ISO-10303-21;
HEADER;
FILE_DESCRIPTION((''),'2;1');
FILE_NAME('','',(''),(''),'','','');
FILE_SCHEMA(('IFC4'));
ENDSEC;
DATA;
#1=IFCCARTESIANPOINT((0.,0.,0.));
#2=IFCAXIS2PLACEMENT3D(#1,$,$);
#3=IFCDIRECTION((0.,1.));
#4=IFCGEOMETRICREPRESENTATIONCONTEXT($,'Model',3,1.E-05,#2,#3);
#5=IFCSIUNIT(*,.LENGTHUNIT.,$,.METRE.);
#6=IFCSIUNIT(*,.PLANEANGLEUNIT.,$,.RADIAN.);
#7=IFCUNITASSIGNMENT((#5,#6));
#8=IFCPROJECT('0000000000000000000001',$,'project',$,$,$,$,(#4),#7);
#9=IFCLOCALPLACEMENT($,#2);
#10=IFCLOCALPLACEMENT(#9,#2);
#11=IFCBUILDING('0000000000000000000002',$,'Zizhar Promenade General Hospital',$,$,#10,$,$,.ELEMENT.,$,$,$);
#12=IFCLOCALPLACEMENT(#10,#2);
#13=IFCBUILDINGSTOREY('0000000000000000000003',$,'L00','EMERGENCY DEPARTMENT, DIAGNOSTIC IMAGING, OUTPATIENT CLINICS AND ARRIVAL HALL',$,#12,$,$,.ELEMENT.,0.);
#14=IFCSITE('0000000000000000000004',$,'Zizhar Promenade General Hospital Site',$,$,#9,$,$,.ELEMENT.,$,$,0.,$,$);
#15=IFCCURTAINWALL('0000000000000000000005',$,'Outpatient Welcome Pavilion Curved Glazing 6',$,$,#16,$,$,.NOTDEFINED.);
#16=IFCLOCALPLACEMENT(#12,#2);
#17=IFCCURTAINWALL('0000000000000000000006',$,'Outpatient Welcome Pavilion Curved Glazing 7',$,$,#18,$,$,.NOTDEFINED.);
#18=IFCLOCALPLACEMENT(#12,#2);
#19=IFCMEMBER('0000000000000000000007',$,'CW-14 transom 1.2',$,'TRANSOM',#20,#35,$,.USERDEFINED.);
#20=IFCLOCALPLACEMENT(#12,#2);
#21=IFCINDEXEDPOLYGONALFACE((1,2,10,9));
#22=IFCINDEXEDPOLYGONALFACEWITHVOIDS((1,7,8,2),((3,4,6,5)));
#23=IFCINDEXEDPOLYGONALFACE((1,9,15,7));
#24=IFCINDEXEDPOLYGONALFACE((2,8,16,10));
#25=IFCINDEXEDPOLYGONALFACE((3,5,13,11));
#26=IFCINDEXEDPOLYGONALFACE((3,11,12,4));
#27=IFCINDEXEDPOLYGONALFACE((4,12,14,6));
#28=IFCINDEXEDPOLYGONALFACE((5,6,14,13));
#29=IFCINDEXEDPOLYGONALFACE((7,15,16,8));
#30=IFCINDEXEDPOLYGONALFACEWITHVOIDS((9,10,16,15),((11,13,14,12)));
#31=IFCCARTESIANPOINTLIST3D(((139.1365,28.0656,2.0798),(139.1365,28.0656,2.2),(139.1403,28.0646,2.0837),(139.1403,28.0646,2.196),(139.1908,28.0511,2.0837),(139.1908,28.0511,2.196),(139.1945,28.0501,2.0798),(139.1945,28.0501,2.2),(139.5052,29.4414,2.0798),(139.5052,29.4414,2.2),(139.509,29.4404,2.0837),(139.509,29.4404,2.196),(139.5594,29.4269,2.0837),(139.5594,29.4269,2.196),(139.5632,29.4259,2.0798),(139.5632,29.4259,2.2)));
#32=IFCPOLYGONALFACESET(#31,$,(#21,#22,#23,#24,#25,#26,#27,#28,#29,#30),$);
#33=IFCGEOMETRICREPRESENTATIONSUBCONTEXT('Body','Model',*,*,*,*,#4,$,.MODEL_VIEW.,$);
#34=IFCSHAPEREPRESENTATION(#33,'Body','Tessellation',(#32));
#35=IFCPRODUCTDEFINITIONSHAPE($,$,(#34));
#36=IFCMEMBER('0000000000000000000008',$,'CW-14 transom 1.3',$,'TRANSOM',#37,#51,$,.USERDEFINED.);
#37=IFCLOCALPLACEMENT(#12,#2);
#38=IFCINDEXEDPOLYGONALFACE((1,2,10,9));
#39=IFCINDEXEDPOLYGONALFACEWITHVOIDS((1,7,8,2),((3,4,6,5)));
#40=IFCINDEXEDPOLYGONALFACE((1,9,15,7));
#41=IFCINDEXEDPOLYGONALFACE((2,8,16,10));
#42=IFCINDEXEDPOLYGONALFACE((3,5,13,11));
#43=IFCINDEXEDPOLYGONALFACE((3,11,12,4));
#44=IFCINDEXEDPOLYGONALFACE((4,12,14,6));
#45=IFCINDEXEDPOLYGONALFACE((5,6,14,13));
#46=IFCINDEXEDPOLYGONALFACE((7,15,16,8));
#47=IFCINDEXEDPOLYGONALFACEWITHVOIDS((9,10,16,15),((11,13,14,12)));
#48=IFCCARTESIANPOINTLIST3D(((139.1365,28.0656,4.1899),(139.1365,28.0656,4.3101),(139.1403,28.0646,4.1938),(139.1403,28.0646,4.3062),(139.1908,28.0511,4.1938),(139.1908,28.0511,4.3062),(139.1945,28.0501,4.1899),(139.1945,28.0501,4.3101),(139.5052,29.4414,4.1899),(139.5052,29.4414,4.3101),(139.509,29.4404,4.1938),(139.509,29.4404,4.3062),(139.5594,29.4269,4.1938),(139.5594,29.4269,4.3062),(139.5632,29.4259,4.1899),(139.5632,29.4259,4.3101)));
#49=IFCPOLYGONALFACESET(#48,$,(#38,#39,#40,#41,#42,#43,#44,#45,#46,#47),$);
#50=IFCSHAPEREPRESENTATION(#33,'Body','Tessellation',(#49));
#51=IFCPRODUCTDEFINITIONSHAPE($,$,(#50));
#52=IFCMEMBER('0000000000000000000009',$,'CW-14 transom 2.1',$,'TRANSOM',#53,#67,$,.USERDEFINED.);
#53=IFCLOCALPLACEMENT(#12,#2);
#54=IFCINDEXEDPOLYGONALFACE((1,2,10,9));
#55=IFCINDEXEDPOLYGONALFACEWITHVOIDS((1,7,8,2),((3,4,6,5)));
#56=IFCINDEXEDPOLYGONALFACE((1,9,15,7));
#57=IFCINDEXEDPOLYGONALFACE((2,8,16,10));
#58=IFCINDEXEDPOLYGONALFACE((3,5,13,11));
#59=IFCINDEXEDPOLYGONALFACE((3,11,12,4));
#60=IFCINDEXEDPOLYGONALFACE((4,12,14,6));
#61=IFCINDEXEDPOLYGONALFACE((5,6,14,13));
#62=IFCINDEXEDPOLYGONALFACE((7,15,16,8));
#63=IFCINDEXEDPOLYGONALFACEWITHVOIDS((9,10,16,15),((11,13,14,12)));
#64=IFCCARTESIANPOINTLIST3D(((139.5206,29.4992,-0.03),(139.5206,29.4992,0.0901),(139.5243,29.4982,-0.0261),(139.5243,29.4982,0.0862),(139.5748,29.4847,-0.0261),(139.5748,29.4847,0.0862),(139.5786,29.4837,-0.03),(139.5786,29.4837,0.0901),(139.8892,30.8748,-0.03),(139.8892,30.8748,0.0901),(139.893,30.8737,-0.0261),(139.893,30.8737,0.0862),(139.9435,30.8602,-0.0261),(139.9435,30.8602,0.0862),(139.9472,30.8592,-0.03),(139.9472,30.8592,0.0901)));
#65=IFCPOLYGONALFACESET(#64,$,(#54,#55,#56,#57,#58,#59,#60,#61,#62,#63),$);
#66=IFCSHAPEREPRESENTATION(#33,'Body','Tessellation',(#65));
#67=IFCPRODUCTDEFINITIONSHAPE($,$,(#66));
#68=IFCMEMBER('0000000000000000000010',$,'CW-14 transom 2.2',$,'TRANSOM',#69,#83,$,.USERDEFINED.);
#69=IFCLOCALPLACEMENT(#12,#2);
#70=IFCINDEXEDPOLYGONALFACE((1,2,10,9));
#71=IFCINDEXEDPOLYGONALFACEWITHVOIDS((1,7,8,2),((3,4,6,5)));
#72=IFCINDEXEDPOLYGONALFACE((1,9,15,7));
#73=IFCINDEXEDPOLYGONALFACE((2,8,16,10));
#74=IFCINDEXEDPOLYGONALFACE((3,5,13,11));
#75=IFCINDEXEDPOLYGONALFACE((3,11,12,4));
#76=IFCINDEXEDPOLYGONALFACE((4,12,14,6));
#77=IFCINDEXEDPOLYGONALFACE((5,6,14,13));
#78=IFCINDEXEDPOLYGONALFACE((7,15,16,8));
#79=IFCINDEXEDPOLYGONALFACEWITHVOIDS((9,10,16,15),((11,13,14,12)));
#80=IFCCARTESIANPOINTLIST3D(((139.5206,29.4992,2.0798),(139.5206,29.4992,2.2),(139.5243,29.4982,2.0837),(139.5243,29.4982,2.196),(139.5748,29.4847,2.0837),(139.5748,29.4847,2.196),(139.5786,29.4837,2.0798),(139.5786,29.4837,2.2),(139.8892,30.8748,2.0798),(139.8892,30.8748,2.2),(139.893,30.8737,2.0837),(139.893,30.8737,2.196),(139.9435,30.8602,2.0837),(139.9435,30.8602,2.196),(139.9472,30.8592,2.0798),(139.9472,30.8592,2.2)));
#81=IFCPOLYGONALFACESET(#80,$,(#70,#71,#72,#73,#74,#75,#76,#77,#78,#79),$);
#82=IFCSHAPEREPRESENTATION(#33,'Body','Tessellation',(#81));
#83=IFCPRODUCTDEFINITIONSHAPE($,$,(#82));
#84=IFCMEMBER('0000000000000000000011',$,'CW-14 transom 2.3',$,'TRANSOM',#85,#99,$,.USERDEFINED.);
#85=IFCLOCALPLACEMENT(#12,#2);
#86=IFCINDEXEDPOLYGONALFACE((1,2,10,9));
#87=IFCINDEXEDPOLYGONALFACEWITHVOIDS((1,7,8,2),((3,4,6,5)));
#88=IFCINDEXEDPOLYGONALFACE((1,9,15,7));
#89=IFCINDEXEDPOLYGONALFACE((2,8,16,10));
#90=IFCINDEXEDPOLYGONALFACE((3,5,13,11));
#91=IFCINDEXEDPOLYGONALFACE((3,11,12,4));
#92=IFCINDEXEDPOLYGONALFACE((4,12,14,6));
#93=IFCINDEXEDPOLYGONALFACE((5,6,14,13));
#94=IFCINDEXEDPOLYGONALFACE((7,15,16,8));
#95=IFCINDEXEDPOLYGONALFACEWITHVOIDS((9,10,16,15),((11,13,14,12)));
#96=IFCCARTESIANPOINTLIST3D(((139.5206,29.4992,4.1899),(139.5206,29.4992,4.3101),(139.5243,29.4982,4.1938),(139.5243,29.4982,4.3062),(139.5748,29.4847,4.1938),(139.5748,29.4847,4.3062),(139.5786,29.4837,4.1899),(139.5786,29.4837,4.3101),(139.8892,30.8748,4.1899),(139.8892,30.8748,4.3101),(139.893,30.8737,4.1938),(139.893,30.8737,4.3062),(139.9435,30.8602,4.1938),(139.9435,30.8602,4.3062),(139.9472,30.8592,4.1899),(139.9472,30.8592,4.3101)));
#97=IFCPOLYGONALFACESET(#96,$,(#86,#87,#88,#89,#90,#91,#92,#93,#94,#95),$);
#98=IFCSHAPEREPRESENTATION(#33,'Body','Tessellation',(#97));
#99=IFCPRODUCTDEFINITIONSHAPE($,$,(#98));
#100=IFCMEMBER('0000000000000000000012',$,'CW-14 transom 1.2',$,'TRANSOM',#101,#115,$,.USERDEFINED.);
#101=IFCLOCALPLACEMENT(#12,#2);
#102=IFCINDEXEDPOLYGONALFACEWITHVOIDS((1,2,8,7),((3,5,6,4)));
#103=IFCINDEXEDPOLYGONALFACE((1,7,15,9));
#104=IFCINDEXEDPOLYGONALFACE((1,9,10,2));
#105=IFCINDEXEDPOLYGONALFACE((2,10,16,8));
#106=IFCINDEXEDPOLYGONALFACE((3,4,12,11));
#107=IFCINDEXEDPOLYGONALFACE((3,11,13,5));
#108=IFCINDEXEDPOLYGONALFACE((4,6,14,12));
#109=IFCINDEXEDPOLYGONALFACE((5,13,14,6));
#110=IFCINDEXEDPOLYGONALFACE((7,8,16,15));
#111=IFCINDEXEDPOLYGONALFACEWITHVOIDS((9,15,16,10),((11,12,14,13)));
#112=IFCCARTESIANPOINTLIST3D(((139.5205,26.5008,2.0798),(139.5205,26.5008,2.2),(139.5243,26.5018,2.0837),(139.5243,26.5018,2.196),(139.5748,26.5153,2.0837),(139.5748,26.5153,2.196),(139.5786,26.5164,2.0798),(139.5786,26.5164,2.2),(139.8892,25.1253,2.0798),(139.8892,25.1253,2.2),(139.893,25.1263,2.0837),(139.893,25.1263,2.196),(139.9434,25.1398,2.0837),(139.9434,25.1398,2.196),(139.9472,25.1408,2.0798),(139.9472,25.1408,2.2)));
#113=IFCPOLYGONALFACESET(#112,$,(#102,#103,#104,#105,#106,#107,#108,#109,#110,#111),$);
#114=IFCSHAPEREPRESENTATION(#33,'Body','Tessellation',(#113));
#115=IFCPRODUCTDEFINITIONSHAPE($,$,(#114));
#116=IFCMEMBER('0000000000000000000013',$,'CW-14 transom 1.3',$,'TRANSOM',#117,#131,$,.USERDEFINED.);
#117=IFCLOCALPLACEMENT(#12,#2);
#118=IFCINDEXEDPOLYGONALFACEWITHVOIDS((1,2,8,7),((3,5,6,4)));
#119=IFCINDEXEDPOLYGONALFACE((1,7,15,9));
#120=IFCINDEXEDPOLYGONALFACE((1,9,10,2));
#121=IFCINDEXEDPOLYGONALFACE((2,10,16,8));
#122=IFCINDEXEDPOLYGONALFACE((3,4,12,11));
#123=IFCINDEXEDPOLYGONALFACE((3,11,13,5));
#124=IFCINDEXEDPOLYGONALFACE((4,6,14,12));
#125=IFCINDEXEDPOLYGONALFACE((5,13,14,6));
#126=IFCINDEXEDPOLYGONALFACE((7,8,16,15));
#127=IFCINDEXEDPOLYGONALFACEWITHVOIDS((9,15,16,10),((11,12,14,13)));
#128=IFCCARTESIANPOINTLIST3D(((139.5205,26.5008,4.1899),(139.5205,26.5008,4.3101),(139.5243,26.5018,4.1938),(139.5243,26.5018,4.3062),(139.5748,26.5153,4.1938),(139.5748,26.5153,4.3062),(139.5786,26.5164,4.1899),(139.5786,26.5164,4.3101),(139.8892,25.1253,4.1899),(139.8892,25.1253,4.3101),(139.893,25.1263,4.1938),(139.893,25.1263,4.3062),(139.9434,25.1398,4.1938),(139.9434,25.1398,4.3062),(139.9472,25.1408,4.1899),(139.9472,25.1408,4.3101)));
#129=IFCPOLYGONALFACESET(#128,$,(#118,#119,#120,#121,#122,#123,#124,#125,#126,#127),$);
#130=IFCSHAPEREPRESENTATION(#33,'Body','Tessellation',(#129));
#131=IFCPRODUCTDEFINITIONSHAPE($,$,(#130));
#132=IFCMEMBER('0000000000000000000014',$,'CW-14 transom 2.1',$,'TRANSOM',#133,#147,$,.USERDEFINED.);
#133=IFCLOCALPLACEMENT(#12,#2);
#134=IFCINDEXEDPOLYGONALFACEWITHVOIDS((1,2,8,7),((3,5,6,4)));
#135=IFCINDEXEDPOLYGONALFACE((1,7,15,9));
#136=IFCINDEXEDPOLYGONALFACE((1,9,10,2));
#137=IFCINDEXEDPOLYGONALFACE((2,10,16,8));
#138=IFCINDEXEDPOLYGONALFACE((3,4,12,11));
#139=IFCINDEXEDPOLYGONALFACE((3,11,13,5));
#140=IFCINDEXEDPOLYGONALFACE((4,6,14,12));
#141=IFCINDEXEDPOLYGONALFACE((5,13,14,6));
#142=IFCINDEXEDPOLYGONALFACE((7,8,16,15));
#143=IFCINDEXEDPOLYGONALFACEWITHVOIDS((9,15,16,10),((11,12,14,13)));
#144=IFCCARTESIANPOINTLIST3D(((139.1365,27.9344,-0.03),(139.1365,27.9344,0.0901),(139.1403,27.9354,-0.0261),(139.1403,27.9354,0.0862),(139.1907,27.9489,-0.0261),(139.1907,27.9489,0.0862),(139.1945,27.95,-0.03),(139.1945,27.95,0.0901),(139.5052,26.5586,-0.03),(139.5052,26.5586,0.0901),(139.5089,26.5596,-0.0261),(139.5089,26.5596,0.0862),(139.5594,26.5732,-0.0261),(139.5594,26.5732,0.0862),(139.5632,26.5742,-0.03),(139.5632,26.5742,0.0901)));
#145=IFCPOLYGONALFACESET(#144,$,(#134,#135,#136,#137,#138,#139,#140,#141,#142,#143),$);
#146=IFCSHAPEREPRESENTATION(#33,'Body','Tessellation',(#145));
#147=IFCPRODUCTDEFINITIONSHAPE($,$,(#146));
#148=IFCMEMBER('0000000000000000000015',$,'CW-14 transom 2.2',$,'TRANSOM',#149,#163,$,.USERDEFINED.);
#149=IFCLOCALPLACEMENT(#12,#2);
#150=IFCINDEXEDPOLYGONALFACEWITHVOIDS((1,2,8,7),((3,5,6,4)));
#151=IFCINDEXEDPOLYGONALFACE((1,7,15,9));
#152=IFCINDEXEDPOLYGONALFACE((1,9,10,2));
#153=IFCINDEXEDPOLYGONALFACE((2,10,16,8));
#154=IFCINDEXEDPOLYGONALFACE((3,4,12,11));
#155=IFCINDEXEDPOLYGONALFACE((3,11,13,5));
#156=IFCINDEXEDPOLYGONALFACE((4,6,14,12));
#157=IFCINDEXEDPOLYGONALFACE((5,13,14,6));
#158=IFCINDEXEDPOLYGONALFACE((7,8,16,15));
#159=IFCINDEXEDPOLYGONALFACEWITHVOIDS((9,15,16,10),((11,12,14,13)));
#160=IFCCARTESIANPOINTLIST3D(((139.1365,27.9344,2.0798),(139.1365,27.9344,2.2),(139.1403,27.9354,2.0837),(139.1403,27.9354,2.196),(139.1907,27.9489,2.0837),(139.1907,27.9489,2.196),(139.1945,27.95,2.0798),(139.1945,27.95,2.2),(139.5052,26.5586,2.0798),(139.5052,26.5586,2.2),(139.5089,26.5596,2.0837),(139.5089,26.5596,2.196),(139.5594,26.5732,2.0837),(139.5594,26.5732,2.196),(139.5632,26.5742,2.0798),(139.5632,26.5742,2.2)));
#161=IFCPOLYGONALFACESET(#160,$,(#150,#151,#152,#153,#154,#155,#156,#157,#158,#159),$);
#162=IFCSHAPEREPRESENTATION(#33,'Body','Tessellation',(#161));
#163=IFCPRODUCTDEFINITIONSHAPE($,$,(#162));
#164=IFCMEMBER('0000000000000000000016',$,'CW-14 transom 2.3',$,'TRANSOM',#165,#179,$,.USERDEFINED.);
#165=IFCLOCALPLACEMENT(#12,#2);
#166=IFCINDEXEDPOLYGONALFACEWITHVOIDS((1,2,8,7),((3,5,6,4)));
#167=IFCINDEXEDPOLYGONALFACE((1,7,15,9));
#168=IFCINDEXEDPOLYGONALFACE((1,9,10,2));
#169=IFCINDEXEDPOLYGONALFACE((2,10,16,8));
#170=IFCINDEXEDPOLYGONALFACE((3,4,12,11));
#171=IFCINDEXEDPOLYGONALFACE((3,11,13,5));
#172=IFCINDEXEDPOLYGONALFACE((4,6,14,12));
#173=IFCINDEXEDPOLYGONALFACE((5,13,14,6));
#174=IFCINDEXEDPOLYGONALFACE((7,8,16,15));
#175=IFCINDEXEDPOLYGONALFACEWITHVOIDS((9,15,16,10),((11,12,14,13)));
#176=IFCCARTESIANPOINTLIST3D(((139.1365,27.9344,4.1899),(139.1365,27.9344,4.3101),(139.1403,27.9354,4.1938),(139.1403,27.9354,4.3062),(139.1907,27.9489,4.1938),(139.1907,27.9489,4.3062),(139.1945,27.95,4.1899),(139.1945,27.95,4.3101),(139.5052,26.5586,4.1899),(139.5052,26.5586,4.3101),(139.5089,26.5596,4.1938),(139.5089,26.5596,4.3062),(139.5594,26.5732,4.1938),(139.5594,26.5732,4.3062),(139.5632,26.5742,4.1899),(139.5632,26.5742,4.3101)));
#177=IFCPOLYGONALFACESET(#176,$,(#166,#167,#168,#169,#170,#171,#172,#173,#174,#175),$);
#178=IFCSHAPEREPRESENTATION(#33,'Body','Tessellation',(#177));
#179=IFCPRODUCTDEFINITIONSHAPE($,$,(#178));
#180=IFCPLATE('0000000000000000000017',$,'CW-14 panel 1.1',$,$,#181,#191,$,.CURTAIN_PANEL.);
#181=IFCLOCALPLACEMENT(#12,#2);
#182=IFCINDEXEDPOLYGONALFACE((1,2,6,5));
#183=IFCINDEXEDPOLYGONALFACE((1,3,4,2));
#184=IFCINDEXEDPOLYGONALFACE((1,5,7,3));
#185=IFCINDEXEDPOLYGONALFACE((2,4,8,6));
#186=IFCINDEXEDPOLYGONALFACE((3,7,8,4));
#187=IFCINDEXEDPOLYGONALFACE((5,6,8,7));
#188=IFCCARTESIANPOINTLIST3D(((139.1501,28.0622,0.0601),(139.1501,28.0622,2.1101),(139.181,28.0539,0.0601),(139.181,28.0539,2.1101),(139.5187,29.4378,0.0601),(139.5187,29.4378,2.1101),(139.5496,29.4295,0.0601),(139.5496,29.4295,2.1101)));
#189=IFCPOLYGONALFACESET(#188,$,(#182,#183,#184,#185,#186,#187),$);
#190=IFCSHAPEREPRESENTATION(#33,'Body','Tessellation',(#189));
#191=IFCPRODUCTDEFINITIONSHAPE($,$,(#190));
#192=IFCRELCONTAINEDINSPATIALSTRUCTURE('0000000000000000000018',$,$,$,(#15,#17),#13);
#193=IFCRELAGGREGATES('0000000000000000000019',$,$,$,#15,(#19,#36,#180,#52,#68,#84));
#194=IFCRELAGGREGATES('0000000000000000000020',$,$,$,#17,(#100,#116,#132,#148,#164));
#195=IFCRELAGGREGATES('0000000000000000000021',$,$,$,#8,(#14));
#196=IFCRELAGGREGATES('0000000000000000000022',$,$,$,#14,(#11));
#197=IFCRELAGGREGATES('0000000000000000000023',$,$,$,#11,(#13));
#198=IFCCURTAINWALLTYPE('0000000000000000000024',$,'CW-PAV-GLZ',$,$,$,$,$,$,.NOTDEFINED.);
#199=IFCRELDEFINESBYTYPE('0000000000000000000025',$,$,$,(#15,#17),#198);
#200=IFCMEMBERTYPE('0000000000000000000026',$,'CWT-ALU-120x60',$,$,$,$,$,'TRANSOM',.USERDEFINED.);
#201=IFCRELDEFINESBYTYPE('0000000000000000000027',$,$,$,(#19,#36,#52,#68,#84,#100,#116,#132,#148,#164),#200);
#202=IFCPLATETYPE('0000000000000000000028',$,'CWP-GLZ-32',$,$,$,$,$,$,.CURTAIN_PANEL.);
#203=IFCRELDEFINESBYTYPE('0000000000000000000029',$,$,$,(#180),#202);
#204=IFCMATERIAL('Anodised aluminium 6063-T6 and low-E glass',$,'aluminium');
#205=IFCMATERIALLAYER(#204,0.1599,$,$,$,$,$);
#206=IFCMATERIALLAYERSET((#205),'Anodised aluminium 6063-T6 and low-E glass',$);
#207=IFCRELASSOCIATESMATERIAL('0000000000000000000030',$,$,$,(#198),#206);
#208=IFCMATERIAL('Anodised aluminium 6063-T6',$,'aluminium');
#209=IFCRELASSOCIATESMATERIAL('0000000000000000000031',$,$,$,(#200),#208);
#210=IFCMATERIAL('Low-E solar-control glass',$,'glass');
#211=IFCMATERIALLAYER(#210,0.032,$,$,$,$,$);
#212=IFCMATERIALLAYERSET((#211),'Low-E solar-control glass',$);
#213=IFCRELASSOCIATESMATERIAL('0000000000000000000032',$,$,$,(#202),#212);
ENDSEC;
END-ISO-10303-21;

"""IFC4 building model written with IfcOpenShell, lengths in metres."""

from ifc_helpers import new_model, si_unit, direction, frame, origin, origin_2d, place, context, subcontext, project, spatial, rectangle, hollow_rectangle, extrude, material, layer, layer_set, material_profile, profile_set, type_object, element, aggregate, save


model = new_model("IFC4")

# Units and contexts
model_context = context("Model", 3, precision=1e-05, world=origin(), true_north=direction((0.0, 1.0)))
body_context = subcontext(model_context, "Body", "Model", "MODEL_VIEW")
ifc_project = project(units=[si_unit("LENGTHUNIT", "METRE"), si_unit("PLANEANGLEUNIT", "RADIAN")], contexts=[model_context])

# Site, building, storey
site_placement = place(None, origin())
site = spatial("IfcSite", under=ifc_project, at=site_placement, Name="Zizhar Promenade General Hospital Site", CompositionType="ELEMENT", RefElevation=0.0)
building_placement = place(site_placement, origin())
building = spatial("IfcBuilding", under=site, at=building_placement, Name="Zizhar Promenade General Hospital", CompositionType="ELEMENT")
storey_placement = place(building_placement, origin())
storey = spatial("IfcBuildingStorey", under=building, at=storey_placement, Name="L00", Description="EMERGENCY DEPARTMENT, DIAGNOSTIC IMAGING, OUTPATIENT CLINICS AND ARRIVAL HALL", CompositionType="ELEMENT", Elevation=0.0)

# Curtain walls
ifc_material_1 = material(Name="Anodised aluminium 6063-T6 and low-E glass", Category="aluminium")
ifc_layer_1 = layer(ifc_material_1, 0.1599)
ifc_layer_set_1 = layer_set([ifc_layer_1], Name="Anodised aluminium 6063-T6 and low-E glass")
curtain_wall_type = type_object("IfcCurtainWallType", Name="CW-PAV-GLZ", PredefinedType="NOTDEFINED", material=ifc_layer_set_1)
curtain_wall_1_placement = place(storey_placement, origin())
curtain_wall_1 = element("IfcCurtainWall", 1, at=curtain_wall_1_placement, inside=storey, type_object=curtain_wall_type, Name="Outpatient Welcome Pavilion Curved Glazing 6", PredefinedType="NOTDEFINED")
curtain_wall_2_placement = place(storey_placement, origin())
curtain_wall_2 = element("IfcCurtainWall", 2, at=curtain_wall_2_placement, inside=storey, type_object=curtain_wall_type, Name="Outpatient Welcome Pavilion Curved Glazing 7", PredefinedType="NOTDEFINED")

# Members
ifc_material_2 = material(Name="Anodised aluminium 6063-T6", Category="aluminium")
ifc_material_profile_1 = material_profile(ifc_material_2, hollow_rectangle(XDim=0.0601, YDim=0.1201, WallThickness=0.0039, at=origin_2d()))
ifc_profile_set_1 = profile_set([ifc_material_profile_1], Name="Anodised aluminium 6063-T6")
member_type_1 = type_object("IfcMemberType", Name="CWT-ALU-120x60", ElementType="TRANSOM", PredefinedType="USERDEFINED", material=ifc_profile_set_1)
member_1_placement = place(storey_placement, frame((139.1655, 28.0579, 2.1399), z_axis=(0.258836, 0.965921, 0.0), x_axis=(-0.965921, 0.258836, 0.0)))
member_1 = element("IfcMember", 3, at=member_1_placement, type_object=member_type_1, Name="CW-14 transom 1.2", ObjectType="TRANSOM", PredefinedType="USERDEFINED", context=body_context, shape_type="SweptSolid", body=[
    extrude(hollow_rectangle(XDim=0.0601, YDim=0.1201, WallThickness=0.0039, at=origin_2d()), origin(), (0.0, 0.0, 1.0), 1.4243),
])
member_2_placement = place(storey_placement, frame((139.1655, 28.0579, 4.25), z_axis=(0.258836, 0.965921, 0.0), x_axis=(-0.965921, 0.258836, 0.0)))
member_2 = element("IfcMember", 4, at=member_2_placement, type_object=member_type_1, Name="CW-14 transom 1.3", ObjectType="TRANSOM", PredefinedType="USERDEFINED", context=body_context, shape_type="SweptSolid", body=[
    extrude(hollow_rectangle(XDim=0.0601, YDim=0.1201, WallThickness=0.0039, at=origin_2d()), origin(), (0.0, 0.0, 1.0), 1.4243),
])
member_3_placement = place(storey_placement, frame((139.5496, 29.4915, 0.03), z_axis=(0.258879, 0.96591, 0.0), x_axis=(-0.96591, 0.258879, 0.0)))
member_3 = element("IfcMember", 5, at=member_3_placement, type_object=member_type_1, Name="CW-14 transom 2.1", ObjectType="TRANSOM", PredefinedType="USERDEFINED", context=body_context, shape_type="SweptSolid", body=[
    extrude(hollow_rectangle(XDim=0.0601, YDim=0.1201, WallThickness=0.0039, at=origin_2d()), origin(), (0.0, 0.0, 1.0), 1.4241),
])
member_4_placement = place(storey_placement, frame((139.5496, 29.4915, 2.1399), z_axis=(0.258879, 0.96591, 0.0), x_axis=(-0.96591, 0.258879, 0.0)))
member_4 = element("IfcMember", 6, at=member_4_placement, type_object=member_type_1, Name="CW-14 transom 2.2", ObjectType="TRANSOM", PredefinedType="USERDEFINED", context=body_context, shape_type="SweptSolid", body=[
    extrude(hollow_rectangle(XDim=0.0601, YDim=0.1201, WallThickness=0.0039, at=origin_2d()), origin(), (0.0, 0.0, 1.0), 1.4241),
])
member_5_placement = place(storey_placement, frame((139.5496, 29.4915, 4.25), z_axis=(0.258879, 0.96591, 0.0), x_axis=(-0.96591, 0.258879, 0.0)))
member_5 = element("IfcMember", 7, at=member_5_placement, type_object=member_type_1, Name="CW-14 transom 2.3", ObjectType="TRANSOM", PredefinedType="USERDEFINED", context=body_context, shape_type="SweptSolid", body=[
    extrude(hollow_rectangle(XDim=0.0601, YDim=0.1201, WallThickness=0.0039, at=origin_2d()), origin(), (0.0, 0.0, 1.0), 1.4241),
])
member_6_placement = place(storey_placement, frame((139.9182, 25.1331, 2.1399), z_axis=(-0.258879, 0.96591, 0.0), x_axis=(-0.96591, -0.258879, 0.0)))
member_6 = element("IfcMember", 8, at=member_6_placement, type_object=member_type_1, Name="CW-14 transom 1.2", ObjectType="TRANSOM", PredefinedType="USERDEFINED", context=body_context, shape_type="SweptSolid", body=[
    extrude(hollow_rectangle(XDim=0.0601, YDim=0.1201, WallThickness=0.0039, at=origin_2d()), origin(), (0.0, 0.0, 1.0), 1.4241),
])
member_7_placement = place(storey_placement, frame((139.9182, 25.1331, 4.25), z_axis=(-0.258879, 0.96591, 0.0), x_axis=(-0.96591, -0.258879, 0.0)))
member_7 = element("IfcMember", 9, at=member_7_placement, type_object=member_type_1, Name="CW-14 transom 1.3", ObjectType="TRANSOM", PredefinedType="USERDEFINED", context=body_context, shape_type="SweptSolid", body=[
    extrude(hollow_rectangle(XDim=0.0601, YDim=0.1201, WallThickness=0.0039, at=origin_2d()), origin(), (0.0, 0.0, 1.0), 1.4241),
])
member_8_placement = place(storey_placement, frame((139.5342, 26.5664, 0.03), z_axis=(-0.258836, 0.965921, 0.0), x_axis=(-0.965921, -0.258836, 0.0)))
member_8 = element("IfcMember", 10, at=member_8_placement, type_object=member_type_1, Name="CW-14 transom 2.1", ObjectType="TRANSOM", PredefinedType="USERDEFINED", context=body_context, shape_type="SweptSolid", body=[
    extrude(hollow_rectangle(XDim=0.0601, YDim=0.1201, WallThickness=0.0039, at=origin_2d()), origin(), (0.0, 0.0, 1.0), 1.4243),
])
member_9_placement = place(storey_placement, frame((139.5342, 26.5664, 2.1399), z_axis=(-0.258836, 0.965921, 0.0), x_axis=(-0.965921, -0.258836, 0.0)))
member_9 = element("IfcMember", 11, at=member_9_placement, type_object=member_type_1, Name="CW-14 transom 2.2", ObjectType="TRANSOM", PredefinedType="USERDEFINED", context=body_context, shape_type="SweptSolid", body=[
    extrude(hollow_rectangle(XDim=0.0601, YDim=0.1201, WallThickness=0.0039, at=origin_2d()), origin(), (0.0, 0.0, 1.0), 1.4243),
])
member_10_placement = place(storey_placement, frame((139.5342, 26.5664, 4.25), z_axis=(-0.258836, 0.965921, 0.0), x_axis=(-0.965921, -0.258836, 0.0)))
member_10 = element("IfcMember", 12, at=member_10_placement, type_object=member_type_1, Name="CW-14 transom 2.3", ObjectType="TRANSOM", PredefinedType="USERDEFINED", context=body_context, shape_type="SweptSolid", body=[
    extrude(hollow_rectangle(XDim=0.0601, YDim=0.1201, WallThickness=0.0039, at=origin_2d()), origin(), (0.0, 0.0, 1.0), 1.4243),
])

# Plate
ifc_material_3 = material(Name="Low-E solar-control glass", Category="glass")
ifc_layer_2 = layer(ifc_material_3, 0.032)
ifc_layer_set_2 = layer_set([ifc_layer_2], Name="Low-E solar-control glass")
plate_type = type_object("IfcPlateType", Name="CWP-GLZ-32", PredefinedType="CURTAIN_PANEL", material=ifc_layer_set_2)
plate_1_placement = place(storey_placement, frame((139.3499, 28.7458, 0.0601), z_axis=(0.0, 0.0, 1.0), x_axis=(0.258834, 0.965922, 0.0)))
plate_1 = element("IfcPlate", 13, at=plate_1_placement, type_object=plate_type, Name="CW-14 panel 1.1", PredefinedType="CURTAIN_PANEL", context=body_context, shape_type="SweptSolid", body=[
    extrude(rectangle(XDim=1.4241, YDim=0.032, at=origin_2d()), origin(), (0.0, 0.0, 1.0), 2.05),
])
aggregate(curtain_wall_1, [member_1, member_2, plate_1, member_3, member_4, member_5])
aggregate(curtain_wall_2, [member_6, member_7, member_8, member_9, member_10])

save(model, "model.ifc")
